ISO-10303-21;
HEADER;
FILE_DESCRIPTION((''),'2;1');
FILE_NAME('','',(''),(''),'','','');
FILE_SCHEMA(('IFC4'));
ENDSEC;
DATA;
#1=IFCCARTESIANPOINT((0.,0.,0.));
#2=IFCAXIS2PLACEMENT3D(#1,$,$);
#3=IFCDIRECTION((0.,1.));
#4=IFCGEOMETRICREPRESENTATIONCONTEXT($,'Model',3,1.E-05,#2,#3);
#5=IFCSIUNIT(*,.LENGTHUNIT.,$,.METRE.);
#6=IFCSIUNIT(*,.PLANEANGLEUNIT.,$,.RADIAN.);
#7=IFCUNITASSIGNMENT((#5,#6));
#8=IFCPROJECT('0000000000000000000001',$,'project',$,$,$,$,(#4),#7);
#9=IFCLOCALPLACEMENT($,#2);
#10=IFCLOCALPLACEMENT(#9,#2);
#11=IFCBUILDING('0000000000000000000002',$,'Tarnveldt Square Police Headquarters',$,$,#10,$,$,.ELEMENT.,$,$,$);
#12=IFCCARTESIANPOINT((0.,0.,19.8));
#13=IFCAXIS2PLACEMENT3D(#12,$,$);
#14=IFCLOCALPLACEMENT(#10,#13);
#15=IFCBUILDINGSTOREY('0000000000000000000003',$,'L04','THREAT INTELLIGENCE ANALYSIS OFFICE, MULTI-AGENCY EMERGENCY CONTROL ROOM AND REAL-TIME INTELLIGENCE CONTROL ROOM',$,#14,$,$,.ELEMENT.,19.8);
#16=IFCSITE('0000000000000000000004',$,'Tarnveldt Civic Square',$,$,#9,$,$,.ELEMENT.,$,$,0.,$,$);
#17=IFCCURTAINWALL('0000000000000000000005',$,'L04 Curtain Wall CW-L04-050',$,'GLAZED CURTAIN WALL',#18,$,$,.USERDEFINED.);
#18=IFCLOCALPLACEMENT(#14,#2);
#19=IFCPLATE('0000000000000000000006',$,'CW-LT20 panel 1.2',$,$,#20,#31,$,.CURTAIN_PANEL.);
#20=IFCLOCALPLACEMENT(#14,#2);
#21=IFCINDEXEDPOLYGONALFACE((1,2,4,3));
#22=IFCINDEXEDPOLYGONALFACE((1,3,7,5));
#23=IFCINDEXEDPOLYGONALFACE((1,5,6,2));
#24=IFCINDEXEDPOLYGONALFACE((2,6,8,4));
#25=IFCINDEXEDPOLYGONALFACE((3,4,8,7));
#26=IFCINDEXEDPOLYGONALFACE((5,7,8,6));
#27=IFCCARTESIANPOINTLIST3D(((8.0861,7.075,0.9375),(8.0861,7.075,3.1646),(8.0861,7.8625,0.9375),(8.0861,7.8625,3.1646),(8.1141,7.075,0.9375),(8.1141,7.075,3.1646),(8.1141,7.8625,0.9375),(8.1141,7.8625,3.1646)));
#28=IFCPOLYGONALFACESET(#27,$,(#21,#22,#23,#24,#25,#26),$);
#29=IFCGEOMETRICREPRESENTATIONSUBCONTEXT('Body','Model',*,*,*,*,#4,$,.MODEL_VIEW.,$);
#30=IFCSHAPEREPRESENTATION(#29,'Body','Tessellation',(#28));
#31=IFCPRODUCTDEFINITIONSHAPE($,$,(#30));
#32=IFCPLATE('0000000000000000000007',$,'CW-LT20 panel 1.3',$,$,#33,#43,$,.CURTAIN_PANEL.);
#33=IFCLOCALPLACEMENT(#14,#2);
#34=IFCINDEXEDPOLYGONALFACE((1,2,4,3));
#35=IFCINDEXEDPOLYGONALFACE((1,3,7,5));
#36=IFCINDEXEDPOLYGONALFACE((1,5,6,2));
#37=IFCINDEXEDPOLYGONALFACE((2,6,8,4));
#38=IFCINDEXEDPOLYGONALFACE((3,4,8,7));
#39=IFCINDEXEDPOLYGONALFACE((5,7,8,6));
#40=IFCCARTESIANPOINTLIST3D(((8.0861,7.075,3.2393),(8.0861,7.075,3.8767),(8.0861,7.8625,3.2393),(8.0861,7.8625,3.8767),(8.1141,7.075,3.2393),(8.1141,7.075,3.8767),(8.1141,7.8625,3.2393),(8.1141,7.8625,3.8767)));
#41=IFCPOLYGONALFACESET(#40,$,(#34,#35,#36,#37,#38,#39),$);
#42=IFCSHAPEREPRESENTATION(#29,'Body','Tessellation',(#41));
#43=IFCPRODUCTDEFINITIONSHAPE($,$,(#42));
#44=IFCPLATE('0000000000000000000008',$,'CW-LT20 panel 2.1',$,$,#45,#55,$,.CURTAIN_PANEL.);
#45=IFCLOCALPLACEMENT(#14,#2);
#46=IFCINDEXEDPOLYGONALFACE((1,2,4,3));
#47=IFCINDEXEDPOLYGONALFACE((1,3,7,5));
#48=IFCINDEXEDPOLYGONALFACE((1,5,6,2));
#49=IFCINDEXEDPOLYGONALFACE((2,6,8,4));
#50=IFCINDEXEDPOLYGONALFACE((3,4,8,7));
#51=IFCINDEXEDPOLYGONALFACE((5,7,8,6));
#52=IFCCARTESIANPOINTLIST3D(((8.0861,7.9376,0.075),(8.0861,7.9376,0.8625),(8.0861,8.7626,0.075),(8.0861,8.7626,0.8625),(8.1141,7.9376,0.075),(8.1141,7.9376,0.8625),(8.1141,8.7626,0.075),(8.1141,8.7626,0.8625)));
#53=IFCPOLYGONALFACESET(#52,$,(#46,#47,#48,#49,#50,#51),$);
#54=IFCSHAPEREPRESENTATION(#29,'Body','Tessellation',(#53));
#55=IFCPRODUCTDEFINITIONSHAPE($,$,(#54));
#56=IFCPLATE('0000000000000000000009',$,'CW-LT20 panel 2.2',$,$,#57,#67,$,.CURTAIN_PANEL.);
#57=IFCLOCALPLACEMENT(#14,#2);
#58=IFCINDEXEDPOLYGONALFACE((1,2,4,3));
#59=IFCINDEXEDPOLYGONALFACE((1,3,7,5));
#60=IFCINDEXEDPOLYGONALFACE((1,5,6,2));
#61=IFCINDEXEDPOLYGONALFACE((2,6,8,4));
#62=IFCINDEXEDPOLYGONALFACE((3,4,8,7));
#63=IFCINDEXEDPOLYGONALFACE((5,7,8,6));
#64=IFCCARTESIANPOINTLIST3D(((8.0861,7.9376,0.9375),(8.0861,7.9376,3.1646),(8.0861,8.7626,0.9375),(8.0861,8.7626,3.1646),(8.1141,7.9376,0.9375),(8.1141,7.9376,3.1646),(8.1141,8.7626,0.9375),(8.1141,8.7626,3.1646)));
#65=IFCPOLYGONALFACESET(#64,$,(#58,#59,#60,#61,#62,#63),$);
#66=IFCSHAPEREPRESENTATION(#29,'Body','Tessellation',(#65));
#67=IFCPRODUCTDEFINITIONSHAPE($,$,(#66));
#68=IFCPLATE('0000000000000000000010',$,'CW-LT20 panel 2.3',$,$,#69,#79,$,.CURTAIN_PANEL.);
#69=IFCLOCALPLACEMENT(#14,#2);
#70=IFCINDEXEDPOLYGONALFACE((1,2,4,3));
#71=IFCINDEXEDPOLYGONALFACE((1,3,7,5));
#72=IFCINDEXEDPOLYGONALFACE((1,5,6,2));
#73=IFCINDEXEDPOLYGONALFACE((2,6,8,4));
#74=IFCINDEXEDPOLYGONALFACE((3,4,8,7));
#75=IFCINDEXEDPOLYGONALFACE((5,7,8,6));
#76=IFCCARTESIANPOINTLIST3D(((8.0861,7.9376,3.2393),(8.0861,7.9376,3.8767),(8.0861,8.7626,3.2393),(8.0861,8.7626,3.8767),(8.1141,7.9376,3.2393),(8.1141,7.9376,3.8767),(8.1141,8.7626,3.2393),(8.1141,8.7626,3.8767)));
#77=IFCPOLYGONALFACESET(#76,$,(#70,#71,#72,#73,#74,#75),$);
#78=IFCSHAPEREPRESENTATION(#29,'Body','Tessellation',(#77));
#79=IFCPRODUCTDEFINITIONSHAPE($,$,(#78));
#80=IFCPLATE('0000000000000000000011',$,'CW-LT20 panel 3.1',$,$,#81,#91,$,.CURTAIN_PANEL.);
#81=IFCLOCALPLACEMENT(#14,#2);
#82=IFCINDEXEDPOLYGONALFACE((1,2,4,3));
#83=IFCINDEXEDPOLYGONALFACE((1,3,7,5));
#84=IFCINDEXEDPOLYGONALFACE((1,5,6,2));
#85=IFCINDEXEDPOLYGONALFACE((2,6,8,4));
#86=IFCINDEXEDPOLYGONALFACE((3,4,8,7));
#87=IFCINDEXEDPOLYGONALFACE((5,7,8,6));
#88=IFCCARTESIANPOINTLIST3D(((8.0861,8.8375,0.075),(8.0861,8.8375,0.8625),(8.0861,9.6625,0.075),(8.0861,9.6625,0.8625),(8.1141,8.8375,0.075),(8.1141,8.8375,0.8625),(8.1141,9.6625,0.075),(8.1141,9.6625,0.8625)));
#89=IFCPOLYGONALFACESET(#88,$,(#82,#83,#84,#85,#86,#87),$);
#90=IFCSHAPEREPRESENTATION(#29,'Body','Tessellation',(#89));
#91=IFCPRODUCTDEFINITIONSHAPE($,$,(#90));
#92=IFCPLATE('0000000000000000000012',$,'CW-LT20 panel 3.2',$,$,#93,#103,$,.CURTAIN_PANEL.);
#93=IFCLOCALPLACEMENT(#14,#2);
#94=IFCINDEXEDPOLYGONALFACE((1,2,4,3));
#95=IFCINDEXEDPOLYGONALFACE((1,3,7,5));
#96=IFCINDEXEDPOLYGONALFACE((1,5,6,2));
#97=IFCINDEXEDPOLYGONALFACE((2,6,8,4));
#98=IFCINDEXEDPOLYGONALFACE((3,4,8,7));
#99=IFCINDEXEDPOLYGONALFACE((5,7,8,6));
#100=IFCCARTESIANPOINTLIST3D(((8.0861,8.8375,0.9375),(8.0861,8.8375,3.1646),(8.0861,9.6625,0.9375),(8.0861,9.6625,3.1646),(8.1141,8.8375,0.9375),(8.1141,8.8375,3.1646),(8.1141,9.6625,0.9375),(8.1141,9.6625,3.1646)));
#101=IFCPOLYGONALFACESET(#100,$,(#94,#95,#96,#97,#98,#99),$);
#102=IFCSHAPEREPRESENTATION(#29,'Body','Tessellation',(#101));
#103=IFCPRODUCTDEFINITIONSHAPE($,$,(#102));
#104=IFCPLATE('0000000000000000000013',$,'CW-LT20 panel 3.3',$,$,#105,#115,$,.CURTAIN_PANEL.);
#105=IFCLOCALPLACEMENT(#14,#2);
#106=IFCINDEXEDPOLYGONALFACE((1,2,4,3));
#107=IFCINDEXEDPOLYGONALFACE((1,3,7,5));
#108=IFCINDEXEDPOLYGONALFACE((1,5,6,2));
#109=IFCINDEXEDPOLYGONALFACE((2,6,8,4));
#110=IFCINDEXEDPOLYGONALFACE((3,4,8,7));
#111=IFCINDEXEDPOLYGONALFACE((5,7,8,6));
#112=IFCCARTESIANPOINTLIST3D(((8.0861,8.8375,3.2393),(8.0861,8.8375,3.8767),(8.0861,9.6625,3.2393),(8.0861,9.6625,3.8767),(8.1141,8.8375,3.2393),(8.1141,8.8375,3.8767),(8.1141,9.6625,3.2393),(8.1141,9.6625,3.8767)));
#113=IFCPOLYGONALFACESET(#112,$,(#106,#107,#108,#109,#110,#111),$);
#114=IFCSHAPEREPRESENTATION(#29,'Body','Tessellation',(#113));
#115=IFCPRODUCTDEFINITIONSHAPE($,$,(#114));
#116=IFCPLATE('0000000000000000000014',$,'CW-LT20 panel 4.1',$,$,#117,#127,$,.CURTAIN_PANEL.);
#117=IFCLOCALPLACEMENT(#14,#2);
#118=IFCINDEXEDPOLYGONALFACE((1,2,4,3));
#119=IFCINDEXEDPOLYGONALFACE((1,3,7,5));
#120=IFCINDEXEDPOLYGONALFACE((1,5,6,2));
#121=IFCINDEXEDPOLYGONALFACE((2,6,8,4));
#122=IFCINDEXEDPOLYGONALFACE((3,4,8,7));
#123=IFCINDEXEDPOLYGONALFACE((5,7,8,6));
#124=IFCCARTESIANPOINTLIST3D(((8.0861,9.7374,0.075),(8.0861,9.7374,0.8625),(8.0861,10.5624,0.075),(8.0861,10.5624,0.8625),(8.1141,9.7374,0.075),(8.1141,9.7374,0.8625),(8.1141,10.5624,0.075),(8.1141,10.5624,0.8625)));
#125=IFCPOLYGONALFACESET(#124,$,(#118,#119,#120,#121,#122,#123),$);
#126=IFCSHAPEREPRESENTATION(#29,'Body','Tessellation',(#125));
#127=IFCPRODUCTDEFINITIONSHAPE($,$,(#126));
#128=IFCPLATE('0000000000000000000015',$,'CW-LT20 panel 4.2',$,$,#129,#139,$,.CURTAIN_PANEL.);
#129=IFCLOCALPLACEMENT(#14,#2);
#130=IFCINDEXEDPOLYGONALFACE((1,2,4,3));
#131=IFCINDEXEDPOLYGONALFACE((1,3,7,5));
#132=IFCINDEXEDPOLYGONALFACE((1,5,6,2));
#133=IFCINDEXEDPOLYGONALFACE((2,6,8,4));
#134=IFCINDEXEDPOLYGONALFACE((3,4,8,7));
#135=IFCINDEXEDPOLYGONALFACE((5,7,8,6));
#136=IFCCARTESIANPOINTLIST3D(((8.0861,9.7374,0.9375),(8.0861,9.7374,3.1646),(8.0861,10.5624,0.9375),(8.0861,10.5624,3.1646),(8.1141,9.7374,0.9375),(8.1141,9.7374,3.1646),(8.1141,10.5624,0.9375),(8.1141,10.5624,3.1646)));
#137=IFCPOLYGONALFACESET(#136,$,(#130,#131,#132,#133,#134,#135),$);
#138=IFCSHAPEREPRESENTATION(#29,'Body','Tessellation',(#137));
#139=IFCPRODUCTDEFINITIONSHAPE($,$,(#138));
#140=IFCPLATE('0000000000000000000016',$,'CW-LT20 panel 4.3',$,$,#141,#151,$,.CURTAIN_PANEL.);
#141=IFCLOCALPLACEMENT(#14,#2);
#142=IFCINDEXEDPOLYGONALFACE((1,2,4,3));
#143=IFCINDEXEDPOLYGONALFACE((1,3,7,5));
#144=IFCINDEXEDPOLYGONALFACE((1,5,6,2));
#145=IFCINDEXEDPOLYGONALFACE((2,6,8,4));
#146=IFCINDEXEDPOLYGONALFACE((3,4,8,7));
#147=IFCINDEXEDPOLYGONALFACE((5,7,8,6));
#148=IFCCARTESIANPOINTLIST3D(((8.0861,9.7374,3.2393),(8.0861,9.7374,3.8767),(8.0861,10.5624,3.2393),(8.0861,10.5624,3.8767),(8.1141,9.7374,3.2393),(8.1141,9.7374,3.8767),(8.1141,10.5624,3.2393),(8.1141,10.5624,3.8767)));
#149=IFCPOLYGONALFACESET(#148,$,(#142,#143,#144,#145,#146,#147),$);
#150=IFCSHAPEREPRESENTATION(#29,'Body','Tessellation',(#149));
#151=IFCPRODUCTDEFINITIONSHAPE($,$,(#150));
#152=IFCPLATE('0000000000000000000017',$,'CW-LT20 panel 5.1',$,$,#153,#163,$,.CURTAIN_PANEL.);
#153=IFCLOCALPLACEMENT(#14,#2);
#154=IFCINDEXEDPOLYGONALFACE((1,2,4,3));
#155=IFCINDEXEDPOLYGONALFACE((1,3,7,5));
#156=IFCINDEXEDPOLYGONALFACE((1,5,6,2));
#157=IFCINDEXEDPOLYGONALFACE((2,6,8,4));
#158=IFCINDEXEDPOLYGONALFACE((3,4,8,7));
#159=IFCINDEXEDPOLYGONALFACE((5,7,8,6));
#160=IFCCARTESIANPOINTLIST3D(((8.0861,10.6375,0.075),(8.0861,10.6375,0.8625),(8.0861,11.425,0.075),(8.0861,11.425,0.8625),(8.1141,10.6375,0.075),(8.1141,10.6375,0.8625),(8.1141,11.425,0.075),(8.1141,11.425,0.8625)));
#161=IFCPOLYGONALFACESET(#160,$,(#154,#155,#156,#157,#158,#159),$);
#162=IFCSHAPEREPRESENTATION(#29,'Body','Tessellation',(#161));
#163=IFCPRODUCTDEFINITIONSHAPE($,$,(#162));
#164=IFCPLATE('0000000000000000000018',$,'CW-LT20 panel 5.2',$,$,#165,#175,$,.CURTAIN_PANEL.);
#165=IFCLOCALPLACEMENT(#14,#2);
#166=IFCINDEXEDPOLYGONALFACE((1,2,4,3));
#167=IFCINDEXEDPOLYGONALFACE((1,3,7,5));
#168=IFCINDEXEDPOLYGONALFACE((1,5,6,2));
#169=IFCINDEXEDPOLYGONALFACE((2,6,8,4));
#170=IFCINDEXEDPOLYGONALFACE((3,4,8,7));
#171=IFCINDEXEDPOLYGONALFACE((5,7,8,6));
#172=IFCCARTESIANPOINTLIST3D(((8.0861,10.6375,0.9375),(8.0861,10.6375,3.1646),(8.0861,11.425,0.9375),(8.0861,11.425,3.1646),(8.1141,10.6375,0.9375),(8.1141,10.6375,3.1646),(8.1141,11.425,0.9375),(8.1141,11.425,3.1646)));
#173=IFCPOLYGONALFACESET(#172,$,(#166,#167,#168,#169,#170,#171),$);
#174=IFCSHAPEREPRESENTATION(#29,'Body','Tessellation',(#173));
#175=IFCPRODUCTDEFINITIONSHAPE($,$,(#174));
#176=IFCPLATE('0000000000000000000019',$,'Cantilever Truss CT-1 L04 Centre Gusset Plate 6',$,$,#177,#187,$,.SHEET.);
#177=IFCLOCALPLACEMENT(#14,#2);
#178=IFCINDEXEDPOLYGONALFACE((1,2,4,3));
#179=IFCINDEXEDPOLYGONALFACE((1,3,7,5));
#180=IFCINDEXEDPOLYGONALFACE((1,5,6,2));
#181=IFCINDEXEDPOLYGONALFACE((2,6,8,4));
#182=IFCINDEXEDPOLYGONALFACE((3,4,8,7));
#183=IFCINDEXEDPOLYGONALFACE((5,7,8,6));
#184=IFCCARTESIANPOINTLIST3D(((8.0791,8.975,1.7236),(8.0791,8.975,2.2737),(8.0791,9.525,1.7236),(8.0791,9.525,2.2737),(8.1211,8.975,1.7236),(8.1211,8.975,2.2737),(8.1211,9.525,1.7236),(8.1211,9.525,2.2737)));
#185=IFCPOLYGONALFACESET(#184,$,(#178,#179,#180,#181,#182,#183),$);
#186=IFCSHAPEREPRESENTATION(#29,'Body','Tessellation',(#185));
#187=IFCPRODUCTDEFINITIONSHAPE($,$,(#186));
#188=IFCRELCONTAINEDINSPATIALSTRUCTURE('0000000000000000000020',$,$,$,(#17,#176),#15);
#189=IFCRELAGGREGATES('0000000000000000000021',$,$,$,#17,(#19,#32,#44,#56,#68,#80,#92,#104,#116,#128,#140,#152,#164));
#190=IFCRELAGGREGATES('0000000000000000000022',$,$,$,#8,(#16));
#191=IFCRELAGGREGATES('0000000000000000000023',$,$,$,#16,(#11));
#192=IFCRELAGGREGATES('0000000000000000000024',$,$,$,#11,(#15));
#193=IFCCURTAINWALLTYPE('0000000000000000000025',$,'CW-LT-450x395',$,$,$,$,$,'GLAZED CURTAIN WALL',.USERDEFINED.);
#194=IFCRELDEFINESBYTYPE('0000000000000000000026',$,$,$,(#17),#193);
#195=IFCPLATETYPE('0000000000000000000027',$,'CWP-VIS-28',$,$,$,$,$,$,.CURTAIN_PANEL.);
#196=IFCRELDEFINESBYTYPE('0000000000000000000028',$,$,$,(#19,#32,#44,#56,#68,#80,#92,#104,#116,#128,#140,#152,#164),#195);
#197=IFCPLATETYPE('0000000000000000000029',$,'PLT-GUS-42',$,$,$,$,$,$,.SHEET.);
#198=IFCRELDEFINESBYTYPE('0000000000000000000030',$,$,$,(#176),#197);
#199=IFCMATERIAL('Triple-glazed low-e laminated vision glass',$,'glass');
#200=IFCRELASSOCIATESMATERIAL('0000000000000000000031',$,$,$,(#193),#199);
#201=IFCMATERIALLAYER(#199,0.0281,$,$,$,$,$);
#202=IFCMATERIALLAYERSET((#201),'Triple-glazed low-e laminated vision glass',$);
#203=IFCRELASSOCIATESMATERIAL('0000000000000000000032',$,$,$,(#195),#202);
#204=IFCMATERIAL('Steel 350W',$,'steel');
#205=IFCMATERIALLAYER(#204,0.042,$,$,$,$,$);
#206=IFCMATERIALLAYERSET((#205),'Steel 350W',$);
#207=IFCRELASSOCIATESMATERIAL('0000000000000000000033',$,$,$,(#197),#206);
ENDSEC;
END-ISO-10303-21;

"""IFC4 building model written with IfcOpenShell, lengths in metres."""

from ifc_helpers import new_model, si_unit, direction, frame, origin, origin_2d, place, context, subcontext, project, spatial, rectangle, extrude, material, layer, layer_set, type_object, element, aggregate, save


model = new_model("IFC4")

# Units and contexts
model_context = context("Model", 3, precision=1e-05, world=origin(), true_north=direction((0.0, 1.0)))
body_context = subcontext(model_context, "Body", "Model", "MODEL_VIEW")
ifc_project = project(units=[si_unit("LENGTHUNIT", "METRE"), si_unit("PLANEANGLEUNIT", "RADIAN")], contexts=[model_context])

# Site, building, storey
site_placement = place(None, origin())
site = spatial("IfcSite", under=ifc_project, at=site_placement, Name="Tarnveldt Civic Square", CompositionType="ELEMENT", RefElevation=0.0)
building_placement = place(site_placement, origin())
building = spatial("IfcBuilding", under=site, at=building_placement, Name="Tarnveldt Square Police Headquarters", CompositionType="ELEMENT")
storey_placement = place(building_placement, frame((0.0, 0.0, 19.8)))
storey = spatial("IfcBuildingStorey", under=building, at=storey_placement, Name="L04", Description="THREAT INTELLIGENCE ANALYSIS OFFICE, MULTI-AGENCY EMERGENCY CONTROL ROOM AND REAL-TIME INTELLIGENCE CONTROL ROOM", CompositionType="ELEMENT", Elevation=19.8)

# Curtain wall
ifc_material_1 = material(Name="Triple-glazed low-e laminated vision glass", Category="glass")
curtain_wall_type = type_object("IfcCurtainWallType", Name="CW-LT-450x395", ElementType="GLAZED CURTAIN WALL", PredefinedType="USERDEFINED", material=ifc_material_1)
curtain_wall_placement = place(storey_placement, origin())
curtain_wall = element("IfcCurtainWall", 1, at=curtain_wall_placement, inside=storey, type_object=curtain_wall_type, Name="L04 Curtain Wall CW-L04-050", ObjectType="GLAZED CURTAIN WALL", PredefinedType="USERDEFINED")

# Shared definitions
ifc_material_2 = material(Name="Steel 350W", Category="steel")

# Plates
ifc_layer_1 = layer(ifc_material_1, 0.0281)
ifc_layer_set_1 = layer_set([ifc_layer_1], Name="Triple-glazed low-e laminated vision glass")
plate_type_1 = type_object("IfcPlateType", Name="CWP-VIS-28", PredefinedType="CURTAIN_PANEL", material=ifc_layer_set_1)
plate_1_placement = place(storey_placement, frame((8.1001, 7.4688, 0.9375), z_axis=(0.0, 0.0, 1.0), x_axis=(0.0, 1.0, 0.0)))
plate_1 = element("IfcPlate", 2, at=plate_1_placement, type_object=plate_type_1, Name="CW-LT20 panel 1.2", PredefinedType="CURTAIN_PANEL", context=body_context, shape_type="SweptSolid", body=[
    extrude(rectangle(XDim=0.7876, YDim=0.0281, at=origin_2d()), origin(), (0.0, 0.0, 1.0), 2.2271),
])
plate_2_placement = place(storey_placement, frame((8.1001, 7.4688, 3.2393), z_axis=(0.0, 0.0, 1.0), x_axis=(0.0, 1.0, 0.0)))
plate_2 = element("IfcPlate", 3, at=plate_2_placement, type_object=plate_type_1, Name="CW-LT20 panel 1.3", PredefinedType="CURTAIN_PANEL", context=body_context, shape_type="SweptSolid", body=[
    extrude(rectangle(XDim=0.7876, YDim=0.0281, at=origin_2d()), origin(), (0.0, 0.0, 1.0), 0.6375),
])
plate_3_placement = place(storey_placement, frame((8.1001, 8.3501, 0.075), z_axis=(0.0, 0.0, 1.0), x_axis=(0.0, 1.0, 0.0)))
plate_3 = element("IfcPlate", 4, at=plate_3_placement, type_object=plate_type_1, Name="CW-LT20 panel 2.1", PredefinedType="CURTAIN_PANEL", context=body_context, shape_type="SweptSolid", body=[
    extrude(rectangle(XDim=0.825, YDim=0.0281, at=origin_2d()), origin(), (0.0, 0.0, 1.0), 0.7876),
])
plate_4_placement = place(storey_placement, frame((8.1001, 8.3501, 0.9375), z_axis=(0.0, 0.0, 1.0), x_axis=(0.0, 1.0, 0.0)))
plate_4 = element("IfcPlate", 5, at=plate_4_placement, type_object=plate_type_1, Name="CW-LT20 panel 2.2", PredefinedType="CURTAIN_PANEL", context=body_context, shape_type="SweptSolid", body=[
    extrude(rectangle(XDim=0.825, YDim=0.0281, at=origin_2d()), origin(), (0.0, 0.0, 1.0), 2.2271),
])
plate_5_placement = place(storey_placement, frame((8.1001, 8.3501, 3.2393), z_axis=(0.0, 0.0, 1.0), x_axis=(0.0, 1.0, 0.0)))
plate_5 = element("IfcPlate", 6, at=plate_5_placement, type_object=plate_type_1, Name="CW-LT20 panel 2.3", PredefinedType="CURTAIN_PANEL", context=body_context, shape_type="SweptSolid", body=[
    extrude(rectangle(XDim=0.825, YDim=0.0281, at=origin_2d()), origin(), (0.0, 0.0, 1.0), 0.6375),
])
plate_6_placement = place(storey_placement, frame((8.1001, 9.25, 0.075), z_axis=(0.0, 0.0, 1.0), x_axis=(0.0, 1.0, 0.0)))
plate_6 = element("IfcPlate", 7, at=plate_6_placement, type_object=plate_type_1, Name="CW-LT20 panel 3.1", PredefinedType="CURTAIN_PANEL", context=body_context, shape_type="SweptSolid", body=[
    extrude(rectangle(XDim=0.825, YDim=0.0281, at=origin_2d()), origin(), (0.0, 0.0, 1.0), 0.7876),
])
plate_7_placement = place(storey_placement, frame((8.1001, 9.25, 0.9375), z_axis=(0.0, 0.0, 1.0), x_axis=(0.0, 1.0, 0.0)))
plate_7 = element("IfcPlate", 8, at=plate_7_placement, type_object=plate_type_1, Name="CW-LT20 panel 3.2", PredefinedType="CURTAIN_PANEL", context=body_context, shape_type="SweptSolid", body=[
    extrude(rectangle(XDim=0.825, YDim=0.0281, at=origin_2d()), origin(), (0.0, 0.0, 1.0), 2.2271),
])
plate_8_placement = place(storey_placement, frame((8.1001, 9.25, 3.2393), z_axis=(0.0, 0.0, 1.0), x_axis=(0.0, 1.0, 0.0)))
plate_8 = element("IfcPlate", 9, at=plate_8_placement, type_object=plate_type_1, Name="CW-LT20 panel 3.3", PredefinedType="CURTAIN_PANEL", context=body_context, shape_type="SweptSolid", body=[
    extrude(rectangle(XDim=0.825, YDim=0.0281, at=origin_2d()), origin(), (0.0, 0.0, 1.0), 0.6375),
])
plate_9_placement = place(storey_placement, frame((8.1001, 10.1499, 0.075), z_axis=(0.0, 0.0, 1.0), x_axis=(0.0, 1.0, 0.0)))
plate_9 = element("IfcPlate", 10, at=plate_9_placement, type_object=plate_type_1, Name="CW-LT20 panel 4.1", PredefinedType="CURTAIN_PANEL", context=body_context, shape_type="SweptSolid", body=[
    extrude(rectangle(XDim=0.825, YDim=0.0281, at=origin_2d()), origin(), (0.0, 0.0, 1.0), 0.7876),
])
plate_10_placement = place(storey_placement, frame((8.1001, 10.1499, 0.9375), z_axis=(0.0, 0.0, 1.0), x_axis=(0.0, 1.0, 0.0)))
plate_10 = element("IfcPlate", 11, at=plate_10_placement, type_object=plate_type_1, Name="CW-LT20 panel 4.2", PredefinedType="CURTAIN_PANEL", context=body_context, shape_type="SweptSolid", body=[
    extrude(rectangle(XDim=0.825, YDim=0.0281, at=origin_2d()), origin(), (0.0, 0.0, 1.0), 2.2271),
])
plate_11_placement = place(storey_placement, frame((8.1001, 10.1499, 3.2393), z_axis=(0.0, 0.0, 1.0), x_axis=(0.0, 1.0, 0.0)))
plate_11 = element("IfcPlate", 12, at=plate_11_placement, type_object=plate_type_1, Name="CW-LT20 panel 4.3", PredefinedType="CURTAIN_PANEL", context=body_context, shape_type="SweptSolid", body=[
    extrude(rectangle(XDim=0.825, YDim=0.0281, at=origin_2d()), origin(), (0.0, 0.0, 1.0), 0.6375),
])
plate_12_placement = place(storey_placement, frame((8.1001, 11.0312, 0.075), z_axis=(0.0, 0.0, 1.0), x_axis=(0.0, 1.0, 0.0)))
plate_12 = element("IfcPlate", 13, at=plate_12_placement, type_object=plate_type_1, Name="CW-LT20 panel 5.1", PredefinedType="CURTAIN_PANEL", context=body_context, shape_type="SweptSolid", body=[
    extrude(rectangle(XDim=0.7876, YDim=0.0281, at=origin_2d()), origin(), (0.0, 0.0, 1.0), 0.7876),
])
plate_13_placement = place(storey_placement, frame((8.1001, 11.0312, 0.9375), z_axis=(0.0, 0.0, 1.0), x_axis=(0.0, 1.0, 0.0)))
plate_13 = element("IfcPlate", 14, at=plate_13_placement, type_object=plate_type_1, Name="CW-LT20 panel 5.2", PredefinedType="CURTAIN_PANEL", context=body_context, shape_type="SweptSolid", body=[
    extrude(rectangle(XDim=0.7876, YDim=0.0281, at=origin_2d()), origin(), (0.0, 0.0, 1.0), 2.2271),
])
aggregate(curtain_wall, [plate_1, plate_2, plate_3, plate_4, plate_5, plate_6, plate_7, plate_8, plate_9, plate_10, plate_11, plate_12, plate_13])
ifc_layer_2 = layer(ifc_material_2, 0.042)
ifc_layer_set_2 = layer_set([ifc_layer_2], Name="Steel 350W")
plate_type_2 = type_object("IfcPlateType", Name="PLT-GUS-42", PredefinedType="SHEET", material=ifc_layer_set_2)
plate_14_placement = place(storey_placement, frame((8.1001, 9.25, 1.7236), z_axis=(0.0, 0.0, 1.0), x_axis=(1.0, 0.0, 0.0)))
element("IfcPlate", 15, at=plate_14_placement, inside=storey, type_object=plate_type_2, Name="Cantilever Truss CT-1 L04 Centre Gusset Plate 6", PredefinedType="SHEET", context=body_context, shape_type="SweptSolid", body=[
    extrude(rectangle(XDim=0.042, YDim=0.55, at=origin_2d()), origin(), (0.0, 0.0, 1.0), 0.55),
])

save(model, "model.ifc")
